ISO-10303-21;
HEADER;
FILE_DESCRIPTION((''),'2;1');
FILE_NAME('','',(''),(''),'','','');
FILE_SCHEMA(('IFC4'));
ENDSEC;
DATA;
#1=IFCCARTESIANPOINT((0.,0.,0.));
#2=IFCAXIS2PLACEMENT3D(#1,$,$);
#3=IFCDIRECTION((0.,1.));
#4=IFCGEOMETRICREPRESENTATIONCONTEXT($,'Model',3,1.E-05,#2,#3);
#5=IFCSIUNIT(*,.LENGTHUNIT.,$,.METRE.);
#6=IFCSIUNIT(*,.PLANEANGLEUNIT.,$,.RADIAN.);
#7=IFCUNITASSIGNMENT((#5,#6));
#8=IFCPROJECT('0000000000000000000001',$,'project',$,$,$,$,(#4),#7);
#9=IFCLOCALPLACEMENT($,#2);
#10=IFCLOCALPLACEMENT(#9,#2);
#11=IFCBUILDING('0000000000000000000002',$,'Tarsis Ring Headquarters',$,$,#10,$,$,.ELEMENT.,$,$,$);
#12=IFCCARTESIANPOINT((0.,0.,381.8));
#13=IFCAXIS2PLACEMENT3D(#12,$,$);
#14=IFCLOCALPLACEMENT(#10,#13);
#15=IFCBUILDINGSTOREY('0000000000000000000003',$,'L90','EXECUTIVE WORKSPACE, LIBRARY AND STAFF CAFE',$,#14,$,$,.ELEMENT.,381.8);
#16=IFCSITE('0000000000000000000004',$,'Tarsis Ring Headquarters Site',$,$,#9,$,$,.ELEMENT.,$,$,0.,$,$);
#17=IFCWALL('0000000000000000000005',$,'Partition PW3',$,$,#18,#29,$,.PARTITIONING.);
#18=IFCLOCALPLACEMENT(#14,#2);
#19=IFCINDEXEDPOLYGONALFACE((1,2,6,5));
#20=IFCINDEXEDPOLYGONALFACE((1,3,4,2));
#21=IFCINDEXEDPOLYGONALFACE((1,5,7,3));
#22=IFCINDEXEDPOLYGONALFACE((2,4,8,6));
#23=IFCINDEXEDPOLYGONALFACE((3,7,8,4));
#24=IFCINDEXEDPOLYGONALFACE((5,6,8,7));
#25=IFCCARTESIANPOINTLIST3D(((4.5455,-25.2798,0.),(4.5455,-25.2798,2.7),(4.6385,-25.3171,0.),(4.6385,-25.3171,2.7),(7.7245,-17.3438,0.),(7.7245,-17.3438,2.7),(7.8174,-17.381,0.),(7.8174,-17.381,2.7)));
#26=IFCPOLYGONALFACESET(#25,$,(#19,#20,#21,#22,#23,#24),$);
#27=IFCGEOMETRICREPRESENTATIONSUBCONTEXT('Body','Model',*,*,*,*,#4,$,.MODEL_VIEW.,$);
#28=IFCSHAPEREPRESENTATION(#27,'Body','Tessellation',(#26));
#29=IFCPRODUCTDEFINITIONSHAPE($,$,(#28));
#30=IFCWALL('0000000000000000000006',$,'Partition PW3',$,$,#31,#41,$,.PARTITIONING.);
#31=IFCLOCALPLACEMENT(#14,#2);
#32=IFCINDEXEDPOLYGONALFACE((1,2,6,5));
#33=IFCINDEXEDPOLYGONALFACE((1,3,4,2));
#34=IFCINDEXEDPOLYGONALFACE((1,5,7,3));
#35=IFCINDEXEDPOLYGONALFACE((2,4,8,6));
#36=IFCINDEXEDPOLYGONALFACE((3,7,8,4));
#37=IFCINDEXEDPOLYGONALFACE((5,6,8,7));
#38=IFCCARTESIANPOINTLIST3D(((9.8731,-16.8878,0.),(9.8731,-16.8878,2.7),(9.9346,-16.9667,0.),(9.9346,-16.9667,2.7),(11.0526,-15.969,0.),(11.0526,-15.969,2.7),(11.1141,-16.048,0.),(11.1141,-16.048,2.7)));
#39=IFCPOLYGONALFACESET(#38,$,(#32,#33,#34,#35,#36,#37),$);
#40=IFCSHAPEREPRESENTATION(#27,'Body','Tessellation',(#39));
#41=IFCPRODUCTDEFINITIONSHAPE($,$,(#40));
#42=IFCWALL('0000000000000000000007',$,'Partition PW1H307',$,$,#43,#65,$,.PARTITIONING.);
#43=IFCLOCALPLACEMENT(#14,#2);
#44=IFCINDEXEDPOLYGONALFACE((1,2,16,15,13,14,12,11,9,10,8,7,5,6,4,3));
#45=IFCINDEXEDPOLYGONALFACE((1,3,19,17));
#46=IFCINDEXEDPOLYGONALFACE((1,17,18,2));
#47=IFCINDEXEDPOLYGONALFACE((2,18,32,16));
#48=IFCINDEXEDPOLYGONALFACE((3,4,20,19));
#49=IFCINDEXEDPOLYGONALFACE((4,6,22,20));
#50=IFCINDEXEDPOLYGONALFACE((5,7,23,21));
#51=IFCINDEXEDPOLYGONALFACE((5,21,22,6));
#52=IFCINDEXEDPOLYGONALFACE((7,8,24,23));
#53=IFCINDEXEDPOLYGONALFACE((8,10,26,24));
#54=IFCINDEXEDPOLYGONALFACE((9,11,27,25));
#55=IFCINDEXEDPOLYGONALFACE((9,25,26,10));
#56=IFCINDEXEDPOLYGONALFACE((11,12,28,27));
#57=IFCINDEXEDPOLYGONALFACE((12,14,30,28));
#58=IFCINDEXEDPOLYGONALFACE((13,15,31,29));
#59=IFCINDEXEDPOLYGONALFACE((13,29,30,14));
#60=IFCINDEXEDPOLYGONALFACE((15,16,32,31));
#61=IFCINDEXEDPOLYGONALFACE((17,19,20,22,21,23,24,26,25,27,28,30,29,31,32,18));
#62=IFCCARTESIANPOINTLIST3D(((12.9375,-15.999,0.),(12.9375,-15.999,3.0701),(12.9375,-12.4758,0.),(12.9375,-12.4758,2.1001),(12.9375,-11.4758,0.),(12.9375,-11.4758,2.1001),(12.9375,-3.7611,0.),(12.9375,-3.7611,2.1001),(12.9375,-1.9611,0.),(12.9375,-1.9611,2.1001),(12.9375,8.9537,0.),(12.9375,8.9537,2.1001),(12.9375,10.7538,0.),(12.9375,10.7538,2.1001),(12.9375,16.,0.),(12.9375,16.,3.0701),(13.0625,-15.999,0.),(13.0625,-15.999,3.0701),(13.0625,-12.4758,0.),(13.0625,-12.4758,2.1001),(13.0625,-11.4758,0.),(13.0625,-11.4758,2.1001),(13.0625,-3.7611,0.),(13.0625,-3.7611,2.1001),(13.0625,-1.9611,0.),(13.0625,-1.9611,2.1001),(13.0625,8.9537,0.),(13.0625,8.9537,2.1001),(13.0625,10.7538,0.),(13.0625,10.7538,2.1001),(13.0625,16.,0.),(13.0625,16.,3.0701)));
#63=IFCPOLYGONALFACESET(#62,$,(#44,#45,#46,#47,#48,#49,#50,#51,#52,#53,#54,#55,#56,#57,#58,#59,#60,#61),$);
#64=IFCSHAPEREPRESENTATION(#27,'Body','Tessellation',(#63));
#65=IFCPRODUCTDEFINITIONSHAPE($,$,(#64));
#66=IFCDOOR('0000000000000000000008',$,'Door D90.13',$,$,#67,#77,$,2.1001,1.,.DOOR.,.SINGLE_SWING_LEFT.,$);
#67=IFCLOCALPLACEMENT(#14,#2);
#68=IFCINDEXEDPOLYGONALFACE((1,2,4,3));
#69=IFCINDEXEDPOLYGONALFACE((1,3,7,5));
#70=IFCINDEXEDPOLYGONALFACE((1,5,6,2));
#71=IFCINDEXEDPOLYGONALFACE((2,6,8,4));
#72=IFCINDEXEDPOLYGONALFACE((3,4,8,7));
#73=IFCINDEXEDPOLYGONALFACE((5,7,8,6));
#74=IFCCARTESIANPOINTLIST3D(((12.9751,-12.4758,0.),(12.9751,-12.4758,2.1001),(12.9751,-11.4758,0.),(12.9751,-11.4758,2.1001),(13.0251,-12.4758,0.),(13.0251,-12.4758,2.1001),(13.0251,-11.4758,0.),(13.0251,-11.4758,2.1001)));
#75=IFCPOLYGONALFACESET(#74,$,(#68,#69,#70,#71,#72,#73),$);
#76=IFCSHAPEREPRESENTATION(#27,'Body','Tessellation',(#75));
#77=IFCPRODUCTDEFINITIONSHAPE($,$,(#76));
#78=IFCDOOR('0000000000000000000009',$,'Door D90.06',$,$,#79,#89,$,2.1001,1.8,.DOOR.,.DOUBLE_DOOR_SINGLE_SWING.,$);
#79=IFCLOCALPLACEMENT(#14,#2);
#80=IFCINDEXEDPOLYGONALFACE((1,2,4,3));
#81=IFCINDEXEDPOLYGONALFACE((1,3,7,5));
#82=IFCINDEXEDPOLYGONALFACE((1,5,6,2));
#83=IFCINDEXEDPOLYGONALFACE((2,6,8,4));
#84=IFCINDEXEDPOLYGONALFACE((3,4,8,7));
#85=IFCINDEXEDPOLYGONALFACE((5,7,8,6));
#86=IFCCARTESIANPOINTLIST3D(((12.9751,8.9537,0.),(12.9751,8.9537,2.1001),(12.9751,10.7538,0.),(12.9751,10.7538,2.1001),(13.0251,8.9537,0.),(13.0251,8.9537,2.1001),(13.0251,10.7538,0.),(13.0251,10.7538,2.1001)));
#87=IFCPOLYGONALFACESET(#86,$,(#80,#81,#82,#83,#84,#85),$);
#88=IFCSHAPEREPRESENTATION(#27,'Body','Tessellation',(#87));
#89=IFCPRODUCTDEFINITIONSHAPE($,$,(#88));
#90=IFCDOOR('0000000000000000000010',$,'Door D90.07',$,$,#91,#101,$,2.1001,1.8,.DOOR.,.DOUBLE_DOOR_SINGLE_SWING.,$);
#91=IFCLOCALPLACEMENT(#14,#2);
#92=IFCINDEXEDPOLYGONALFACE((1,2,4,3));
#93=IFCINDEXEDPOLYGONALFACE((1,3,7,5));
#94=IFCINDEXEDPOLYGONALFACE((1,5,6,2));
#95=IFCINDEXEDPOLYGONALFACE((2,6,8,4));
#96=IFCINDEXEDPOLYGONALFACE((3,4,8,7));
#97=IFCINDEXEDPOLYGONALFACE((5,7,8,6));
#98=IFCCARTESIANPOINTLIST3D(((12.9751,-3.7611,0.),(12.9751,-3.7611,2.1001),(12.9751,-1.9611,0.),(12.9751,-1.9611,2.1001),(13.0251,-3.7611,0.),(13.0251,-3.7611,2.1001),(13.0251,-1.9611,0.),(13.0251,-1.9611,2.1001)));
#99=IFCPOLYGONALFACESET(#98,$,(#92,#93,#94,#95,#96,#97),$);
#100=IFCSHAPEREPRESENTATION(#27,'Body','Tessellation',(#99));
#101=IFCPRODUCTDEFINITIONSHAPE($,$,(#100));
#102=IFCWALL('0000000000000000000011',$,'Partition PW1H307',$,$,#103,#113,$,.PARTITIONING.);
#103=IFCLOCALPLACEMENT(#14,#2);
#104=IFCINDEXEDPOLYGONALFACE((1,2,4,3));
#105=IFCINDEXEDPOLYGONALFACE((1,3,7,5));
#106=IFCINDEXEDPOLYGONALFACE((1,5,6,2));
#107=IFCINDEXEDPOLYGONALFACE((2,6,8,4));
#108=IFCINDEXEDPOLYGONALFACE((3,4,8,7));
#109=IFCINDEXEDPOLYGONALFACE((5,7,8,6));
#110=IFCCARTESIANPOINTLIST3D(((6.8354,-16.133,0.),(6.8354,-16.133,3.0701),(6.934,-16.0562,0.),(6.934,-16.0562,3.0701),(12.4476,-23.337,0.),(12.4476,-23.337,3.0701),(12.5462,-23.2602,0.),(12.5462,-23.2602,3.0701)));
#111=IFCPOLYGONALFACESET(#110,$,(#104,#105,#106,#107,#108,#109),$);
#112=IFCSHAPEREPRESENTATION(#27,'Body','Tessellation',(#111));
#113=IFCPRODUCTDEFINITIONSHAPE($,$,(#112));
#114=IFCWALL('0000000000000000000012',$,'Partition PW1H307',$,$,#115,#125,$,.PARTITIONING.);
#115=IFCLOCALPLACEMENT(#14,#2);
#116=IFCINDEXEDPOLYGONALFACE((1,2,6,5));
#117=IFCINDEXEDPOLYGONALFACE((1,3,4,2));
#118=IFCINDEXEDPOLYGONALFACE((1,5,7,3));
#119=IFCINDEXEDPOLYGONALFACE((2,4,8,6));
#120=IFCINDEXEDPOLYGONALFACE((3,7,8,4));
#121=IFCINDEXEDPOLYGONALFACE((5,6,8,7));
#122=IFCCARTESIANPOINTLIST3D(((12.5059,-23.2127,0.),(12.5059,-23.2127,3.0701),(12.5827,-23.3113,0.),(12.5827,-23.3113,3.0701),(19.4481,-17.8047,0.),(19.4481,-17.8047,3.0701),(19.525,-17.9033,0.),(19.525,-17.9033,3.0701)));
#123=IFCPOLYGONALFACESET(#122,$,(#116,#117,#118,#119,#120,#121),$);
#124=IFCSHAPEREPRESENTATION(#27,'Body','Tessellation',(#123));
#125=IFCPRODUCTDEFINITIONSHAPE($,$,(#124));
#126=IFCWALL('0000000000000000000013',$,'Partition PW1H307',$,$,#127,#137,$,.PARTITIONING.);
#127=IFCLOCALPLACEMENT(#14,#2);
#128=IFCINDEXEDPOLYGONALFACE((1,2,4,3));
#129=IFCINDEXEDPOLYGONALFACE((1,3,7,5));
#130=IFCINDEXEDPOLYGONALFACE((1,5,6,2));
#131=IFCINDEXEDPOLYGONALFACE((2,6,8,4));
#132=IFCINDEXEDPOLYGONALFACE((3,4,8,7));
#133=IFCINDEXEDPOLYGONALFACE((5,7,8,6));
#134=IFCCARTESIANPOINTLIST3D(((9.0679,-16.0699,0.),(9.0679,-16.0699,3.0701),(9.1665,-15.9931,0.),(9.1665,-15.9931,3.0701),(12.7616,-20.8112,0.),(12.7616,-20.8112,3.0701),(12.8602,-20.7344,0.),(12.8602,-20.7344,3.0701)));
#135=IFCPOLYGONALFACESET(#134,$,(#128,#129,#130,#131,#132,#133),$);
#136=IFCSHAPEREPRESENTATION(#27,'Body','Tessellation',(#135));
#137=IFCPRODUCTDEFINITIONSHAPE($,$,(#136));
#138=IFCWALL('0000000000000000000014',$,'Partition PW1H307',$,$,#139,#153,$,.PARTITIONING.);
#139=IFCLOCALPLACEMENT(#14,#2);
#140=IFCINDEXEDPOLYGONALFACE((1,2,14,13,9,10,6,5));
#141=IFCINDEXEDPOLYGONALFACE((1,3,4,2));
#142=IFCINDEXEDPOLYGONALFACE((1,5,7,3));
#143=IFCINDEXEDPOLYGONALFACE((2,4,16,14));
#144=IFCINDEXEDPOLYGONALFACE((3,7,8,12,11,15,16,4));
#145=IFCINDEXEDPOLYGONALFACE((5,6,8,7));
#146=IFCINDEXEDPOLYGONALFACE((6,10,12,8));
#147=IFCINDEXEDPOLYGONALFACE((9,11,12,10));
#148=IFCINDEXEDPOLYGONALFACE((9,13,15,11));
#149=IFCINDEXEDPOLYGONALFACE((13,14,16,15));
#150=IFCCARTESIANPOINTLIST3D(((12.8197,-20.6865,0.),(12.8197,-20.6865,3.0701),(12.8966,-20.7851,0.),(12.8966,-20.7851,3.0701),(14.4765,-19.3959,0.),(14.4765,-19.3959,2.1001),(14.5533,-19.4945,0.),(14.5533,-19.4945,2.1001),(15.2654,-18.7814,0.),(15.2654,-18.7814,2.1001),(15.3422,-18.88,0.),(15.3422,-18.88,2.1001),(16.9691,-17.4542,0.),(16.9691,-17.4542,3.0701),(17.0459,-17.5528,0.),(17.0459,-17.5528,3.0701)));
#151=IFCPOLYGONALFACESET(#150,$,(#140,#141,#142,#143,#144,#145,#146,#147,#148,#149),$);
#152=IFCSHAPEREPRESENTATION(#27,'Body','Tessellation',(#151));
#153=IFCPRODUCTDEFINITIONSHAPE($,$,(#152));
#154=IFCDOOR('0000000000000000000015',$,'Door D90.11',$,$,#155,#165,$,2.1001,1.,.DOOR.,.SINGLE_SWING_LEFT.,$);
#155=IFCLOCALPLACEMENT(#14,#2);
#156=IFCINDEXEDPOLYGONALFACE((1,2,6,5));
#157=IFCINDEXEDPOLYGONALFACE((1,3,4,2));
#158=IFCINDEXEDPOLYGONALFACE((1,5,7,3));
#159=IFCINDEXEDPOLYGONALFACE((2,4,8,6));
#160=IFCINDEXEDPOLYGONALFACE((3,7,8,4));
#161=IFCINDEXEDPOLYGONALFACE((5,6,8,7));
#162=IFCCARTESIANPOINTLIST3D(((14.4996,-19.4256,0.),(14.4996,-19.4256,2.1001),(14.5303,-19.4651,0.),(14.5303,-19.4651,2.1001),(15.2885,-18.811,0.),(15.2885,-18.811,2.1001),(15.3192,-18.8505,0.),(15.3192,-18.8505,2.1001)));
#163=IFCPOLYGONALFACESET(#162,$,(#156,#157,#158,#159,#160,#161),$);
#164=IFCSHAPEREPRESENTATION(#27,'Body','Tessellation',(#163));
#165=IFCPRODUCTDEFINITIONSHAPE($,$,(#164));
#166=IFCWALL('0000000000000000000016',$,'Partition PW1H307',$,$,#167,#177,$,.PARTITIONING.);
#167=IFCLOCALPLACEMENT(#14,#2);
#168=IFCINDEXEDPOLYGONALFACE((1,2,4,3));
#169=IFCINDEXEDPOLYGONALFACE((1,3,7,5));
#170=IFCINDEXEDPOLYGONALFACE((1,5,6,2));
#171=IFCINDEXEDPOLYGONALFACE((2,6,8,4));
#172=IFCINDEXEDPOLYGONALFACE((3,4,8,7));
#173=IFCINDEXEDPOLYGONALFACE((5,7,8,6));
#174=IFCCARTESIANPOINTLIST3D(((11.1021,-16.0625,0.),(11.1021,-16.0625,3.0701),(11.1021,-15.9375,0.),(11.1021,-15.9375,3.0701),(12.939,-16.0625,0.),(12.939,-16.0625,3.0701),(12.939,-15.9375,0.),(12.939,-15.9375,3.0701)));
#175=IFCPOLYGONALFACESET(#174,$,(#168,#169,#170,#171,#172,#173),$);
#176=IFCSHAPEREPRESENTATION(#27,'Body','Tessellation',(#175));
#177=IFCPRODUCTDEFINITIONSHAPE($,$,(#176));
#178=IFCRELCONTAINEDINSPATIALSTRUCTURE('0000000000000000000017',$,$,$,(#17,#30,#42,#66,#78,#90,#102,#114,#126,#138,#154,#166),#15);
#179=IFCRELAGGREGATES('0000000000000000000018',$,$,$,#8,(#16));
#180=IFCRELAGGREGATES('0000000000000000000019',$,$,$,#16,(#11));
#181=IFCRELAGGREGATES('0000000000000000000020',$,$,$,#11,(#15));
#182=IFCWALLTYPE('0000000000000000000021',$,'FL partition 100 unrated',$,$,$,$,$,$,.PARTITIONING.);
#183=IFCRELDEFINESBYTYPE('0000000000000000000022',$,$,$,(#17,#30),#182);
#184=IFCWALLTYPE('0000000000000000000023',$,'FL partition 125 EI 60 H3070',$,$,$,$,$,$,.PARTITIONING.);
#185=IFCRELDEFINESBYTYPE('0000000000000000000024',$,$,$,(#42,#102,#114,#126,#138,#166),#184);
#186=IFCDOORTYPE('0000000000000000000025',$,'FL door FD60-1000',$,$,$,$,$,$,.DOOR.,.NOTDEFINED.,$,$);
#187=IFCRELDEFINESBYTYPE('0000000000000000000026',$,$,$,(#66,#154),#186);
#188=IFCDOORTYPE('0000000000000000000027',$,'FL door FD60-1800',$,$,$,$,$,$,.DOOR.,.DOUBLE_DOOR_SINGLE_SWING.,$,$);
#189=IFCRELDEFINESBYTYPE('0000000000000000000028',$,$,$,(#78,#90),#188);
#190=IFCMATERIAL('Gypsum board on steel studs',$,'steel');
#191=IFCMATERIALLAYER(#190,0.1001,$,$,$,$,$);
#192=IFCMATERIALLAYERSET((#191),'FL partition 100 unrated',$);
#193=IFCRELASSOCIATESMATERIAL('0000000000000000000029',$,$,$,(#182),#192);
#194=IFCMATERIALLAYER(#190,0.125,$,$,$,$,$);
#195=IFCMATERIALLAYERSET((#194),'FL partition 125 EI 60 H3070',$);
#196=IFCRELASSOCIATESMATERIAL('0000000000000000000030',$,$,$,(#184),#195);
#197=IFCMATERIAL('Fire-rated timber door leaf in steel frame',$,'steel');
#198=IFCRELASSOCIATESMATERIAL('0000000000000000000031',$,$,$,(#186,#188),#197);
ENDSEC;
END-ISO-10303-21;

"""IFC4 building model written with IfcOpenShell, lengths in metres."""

from ifc_helpers import new_model, si_unit, direction, frame, frame_2d, origin, place, context, subcontext, project, spatial, rectangle, extrude, material, layer, layer_set, type_object, element, fill, save


model = new_model("IFC4")

# Units and contexts
model_context = context("Model", 3, precision=1e-05, world=origin(), true_north=direction((0.0, 1.0)))
body_context = subcontext(model_context, "Body", "Model", "MODEL_VIEW")
ifc_project = project(units=[si_unit("LENGTHUNIT", "METRE"), si_unit("PLANEANGLEUNIT", "RADIAN")], contexts=[model_context])

# Site, building, storey
site_placement = place(None, origin())
site = spatial("IfcSite", under=ifc_project, at=site_placement, Name="Tarsis Ring Headquarters Site", CompositionType="ELEMENT", RefElevation=0.0)
building_placement = place(site_placement, origin())
building = spatial("IfcBuilding", under=site, at=building_placement, Name="Tarsis Ring Headquarters", CompositionType="ELEMENT")
storey_placement = place(building_placement, frame((0.0, 0.0, 381.8)))
storey = spatial("IfcBuildingStorey", under=building, at=storey_placement, Name="L90", Description="EXECUTIVE WORKSPACE, LIBRARY AND STAFF CAFE", CompositionType="ELEMENT", Elevation=381.8)

# Walls
ifc_material_1 = material(Name="Gypsum board on steel studs", Category="steel")
ifc_layer_1 = layer(ifc_material_1, 0.1001)
ifc_layer_set_1 = layer_set([ifc_layer_1], Name="FL partition 100 unrated")
wall_type_1 = type_object("IfcWallType", Name="FL partition 100 unrated", PredefinedType="PARTITIONING", material=ifc_layer_set_1)
wall_1_placement = place(storey_placement, frame((4.592, -25.2983, 0.0), z_axis=(0.0, 0.0, 1.0), x_axis=(0.371849, 0.928293, 0.0)))
element("IfcWall", 1, at=wall_1_placement, inside=storey, type_object=wall_type_1, Name="Partition PW3", PredefinedType="PARTITIONING", context=body_context, shape_type="SweptSolid", body=[
    extrude(rectangle(XDim=8.5491, YDim=0.1001, at=frame_2d((4.2744, 0.0))), origin(), (0.0, 0.0, 1.0), 2.7),
])
wall_2_placement = place(storey_placement, frame((9.9038, -16.9272, 0.0), z_axis=(0.0, 0.0, 1.0), x_axis=(0.788912, 0.614506, 0.0)))
element("IfcWall", 2, at=wall_2_placement, inside=storey, type_object=wall_type_1, Name="Partition PW3", PredefinedType="PARTITIONING", context=body_context, shape_type="SweptSolid", body=[
    extrude(rectangle(XDim=1.4951, YDim=0.1001, at=frame_2d((0.7476, 0.0))), origin(), (0.0, 0.0, 1.0), 2.7),
])

# Wall, openings, doors
ifc_layer_2 = layer(ifc_material_1, 0.125)
ifc_layer_set_2 = layer_set([ifc_layer_2], Name="FL partition 125 EI 60 H3070")
wall_type_2 = type_object("IfcWallType", Name="FL partition 125 EI 60 H3070", PredefinedType="PARTITIONING", material=ifc_layer_set_2)
wall_3_placement = place(storey_placement, frame((13.0, -15.999, 0.0), z_axis=(0.0, 0.0, 1.0), x_axis=(0.0, 1.0, 0.0)))
wall_3 = element("IfcWall", 3, at=wall_3_placement, inside=storey, type_object=wall_type_2, Name="Partition PW1H307", PredefinedType="PARTITIONING", context=body_context, shape_type="SweptSolid", body=[
    extrude(rectangle(XDim=31.999, YDim=0.125, at=frame_2d((15.9995, 0.0))), origin(), (0.0, 0.0, 1.0), 3.0701),
])
opening_1_placement = place(wall_3_placement, frame((24.9529, 0.0, 0.0)))
opening_1 = element("IfcOpeningElement", 4, at=opening_1_placement, cuts=wall_3, PredefinedType="OPENING", context=body_context, shape_type="SweptSolid", body=[
    extrude(rectangle(XDim=1.8, YDim=2.1001, at=frame_2d((0.8999, 1.05))), frame((0.0, 0.0725, 0.0), z_axis=(0.0, -1.0, 0.0), x_axis=(1.0, 0.0, 0.0)), (0.0, 0.0, 1.0), 0.145),
])
opening_2_placement = place(wall_3_placement, frame((12.238, 0.0, 0.0)))
opening_2 = element("IfcOpeningElement", 5, at=opening_2_placement, cuts=wall_3, PredefinedType="OPENING", context=body_context, shape_type="SweptSolid", body=[
    extrude(rectangle(XDim=1.8, YDim=2.1001, at=frame_2d((0.8999, 1.05))), frame((0.0, 0.0725, 0.0), z_axis=(0.0, -1.0, 0.0), x_axis=(1.0, 0.0, 0.0)), (0.0, 0.0, 1.0), 0.145),
])
opening_3_placement = place(wall_3_placement, frame((3.5232, 0.0, 0.0)))
opening_3 = element("IfcOpeningElement", 6, at=opening_3_placement, cuts=wall_3, PredefinedType="OPENING", context=body_context, shape_type="SweptSolid", body=[
    extrude(rectangle(XDim=1.0, YDim=2.1001, at=frame_2d((0.5, 1.05))), frame((0.0, 0.0725, 0.0), z_axis=(0.0, -1.0, 0.0), x_axis=(1.0, 0.0, 0.0)), (0.0, 0.0, 1.0), 0.145),
])
ifc_material_2 = material(Name="Fire-rated timber door leaf in steel frame", Category="steel")
door_type_1 = type_object("IfcDoorType", Name="FL door FD60-1000", OperationType="NOTDEFINED", PredefinedType="DOOR", material=ifc_material_2)
door_1_placement = place(opening_3_placement, origin())
door_1 = element("IfcDoor", 7, at=door_1_placement, inside=storey, type_object=door_type_1, Name="Door D90.13", OperationType="SINGLE_SWING_LEFT", OverallHeight=2.1001, OverallWidth=1.0, PredefinedType="DOOR", context=body_context, shape_type="SweptSolid", body=[
    extrude(rectangle(XDim=1.0, YDim=2.1001, at=frame_2d((0.5, 1.05))), frame((0.0, 0.0249, 0.0), z_axis=(0.0, -1.0, 0.0), x_axis=(1.0, 0.0, 0.0)), (0.0, 0.0, 1.0), 0.05),
])
fill(opening_3, door_1)
door_type_2 = type_object("IfcDoorType", Name="FL door FD60-1800", OperationType="DOUBLE_DOOR_SINGLE_SWING", PredefinedType="DOOR", material=ifc_material_2)
door_2_placement = place(opening_1_placement, origin())
door_2 = element("IfcDoor", 8, at=door_2_placement, inside=storey, type_object=door_type_2, Name="Door D90.06", OperationType="DOUBLE_DOOR_SINGLE_SWING", OverallHeight=2.1001, OverallWidth=1.8, PredefinedType="DOOR", context=body_context, shape_type="SweptSolid", body=[
    extrude(rectangle(XDim=1.8, YDim=2.1001, at=frame_2d((0.8999, 1.05))), frame((0.0, 0.0249, 0.0), z_axis=(0.0, -1.0, 0.0), x_axis=(1.0, 0.0, 0.0)), (0.0, 0.0, 1.0), 0.05),
])
fill(opening_1, door_2)
door_3_placement = place(opening_2_placement, origin())
door_3 = element("IfcDoor", 9, at=door_3_placement, inside=storey, type_object=door_type_2, Name="Door D90.07", OperationType="DOUBLE_DOOR_SINGLE_SWING", OverallHeight=2.1001, OverallWidth=1.8, PredefinedType="DOOR", context=body_context, shape_type="SweptSolid", body=[
    extrude(rectangle(XDim=1.8, YDim=2.1001, at=frame_2d((0.8999, 1.05))), frame((0.0, 0.0249, 0.0), z_axis=(0.0, -1.0, 0.0), x_axis=(1.0, 0.0, 0.0)), (0.0, 0.0, 1.0), 0.05),
])
fill(opening_2, door_3)

# Walls
wall_4_placement = place(storey_placement, frame((6.8848, -16.0947, 0.0), z_axis=(0.0, 0.0, 1.0), x_axis=(0.614562, -0.788868, 0.0)))
element("IfcWall", 10, at=wall_4_placement, inside=storey, type_object=wall_type_2, Name="Partition PW1H307", PredefinedType="PARTITIONING", context=body_context, shape_type="SweptSolid", body=[
    extrude(rectangle(XDim=9.1321, YDim=0.125, at=frame_2d((4.5659, 0.0))), origin(), (0.0, 0.0, 1.0), 3.0701),
])
wall_5_placement = place(storey_placement, frame((12.5444, -23.262, 0.0), z_axis=(0.0, 0.0, 1.0), x_axis=(0.788883, 0.614544, 0.0)))
element("IfcWall", 11, at=wall_5_placement, inside=storey, type_object=wall_type_2, Name="Partition PW1H307", PredefinedType="PARTITIONING", context=body_context, shape_type="SweptSolid", body=[
    extrude(rectangle(XDim=8.8, YDim=0.125, at=frame_2d((4.3999, 0.0))), origin(), (0.0, 0.0, 1.0), 3.0701),
])
wall_6_placement = place(storey_placement, frame((9.1172, -16.0315, 0.0), z_axis=(0.0, 0.0, 1.0), x_axis=(0.614562, -0.788869, 0.0)))
element("IfcWall", 12, at=wall_6_placement, inside=storey, type_object=wall_type_2, Name="Partition PW1H307", PredefinedType="PARTITIONING", context=body_context, shape_type="SweptSolid", body=[
    extrude(rectangle(XDim=6.0103, YDim=0.125, at=frame_2d((3.0051, 0.0))), origin(), (0.0, 0.0, 1.0), 3.0701),
])

# Wall, opening, door
wall_7_placement = place(storey_placement, frame((12.8582, -20.7358, 0.0), z_axis=(0.0, 0.0, 1.0), x_axis=(0.788882, 0.614545, 0.0)))
wall_7 = element("IfcWall", 13, at=wall_7_placement, inside=storey, type_object=wall_type_2, Name="Partition PW1H307", PredefinedType="PARTITIONING", context=body_context, shape_type="SweptSolid", body=[
    extrude(rectangle(XDim=5.2598, YDim=0.125, at=frame_2d((2.6299, 0.0))), origin(), (0.0, 0.0, 1.0), 3.0701),
])
opening_4_placement = place(wall_7_placement, frame((2.1001, 0.0, 0.0)))
opening_4 = element("IfcOpeningElement", 14, at=opening_4_placement, cuts=wall_7, PredefinedType="OPENING", context=body_context, shape_type="SweptSolid", body=[
    extrude(rectangle(XDim=1.0, YDim=2.1001, at=frame_2d((0.5, 1.05))), frame((0.0, 0.0725, 0.0), z_axis=(0.0, -1.0, 0.0), x_axis=(1.0, 0.0, 0.0)), (0.0, 0.0, 1.0), 0.145),
])
door_4_placement = place(opening_4_placement, origin())
door_4 = element("IfcDoor", 15, at=door_4_placement, inside=storey, type_object=door_type_1, Name="Door D90.11", OperationType="SINGLE_SWING_LEFT", OverallHeight=2.1001, OverallWidth=1.0, PredefinedType="DOOR", context=body_context, shape_type="SweptSolid", body=[
    extrude(rectangle(XDim=1.0, YDim=2.1001, at=frame_2d((0.5, 1.05))), frame((0.0, 0.0249, 0.0), z_axis=(0.0, -1.0, 0.0), x_axis=(1.0, 0.0, 0.0)), (0.0, 0.0, 1.0), 0.05),
])
fill(opening_4, door_4)

# Wall
wall_8_placement = place(storey_placement, frame((11.1021, -16.0, 0.0), z_axis=(0.0, 0.0, 1.0), x_axis=(1.0, 0.0, 0.0)))
element("IfcWall", 16, at=wall_8_placement, inside=storey, type_object=wall_type_2, Name="Partition PW1H307", PredefinedType="PARTITIONING", context=body_context, shape_type="SweptSolid", body=[
    extrude(rectangle(XDim=1.8369, YDim=0.125, at=frame_2d((0.9185, 0.0))), origin(), (0.0, 0.0, 1.0), 3.0701),
])

save(model, "model.ifc")
